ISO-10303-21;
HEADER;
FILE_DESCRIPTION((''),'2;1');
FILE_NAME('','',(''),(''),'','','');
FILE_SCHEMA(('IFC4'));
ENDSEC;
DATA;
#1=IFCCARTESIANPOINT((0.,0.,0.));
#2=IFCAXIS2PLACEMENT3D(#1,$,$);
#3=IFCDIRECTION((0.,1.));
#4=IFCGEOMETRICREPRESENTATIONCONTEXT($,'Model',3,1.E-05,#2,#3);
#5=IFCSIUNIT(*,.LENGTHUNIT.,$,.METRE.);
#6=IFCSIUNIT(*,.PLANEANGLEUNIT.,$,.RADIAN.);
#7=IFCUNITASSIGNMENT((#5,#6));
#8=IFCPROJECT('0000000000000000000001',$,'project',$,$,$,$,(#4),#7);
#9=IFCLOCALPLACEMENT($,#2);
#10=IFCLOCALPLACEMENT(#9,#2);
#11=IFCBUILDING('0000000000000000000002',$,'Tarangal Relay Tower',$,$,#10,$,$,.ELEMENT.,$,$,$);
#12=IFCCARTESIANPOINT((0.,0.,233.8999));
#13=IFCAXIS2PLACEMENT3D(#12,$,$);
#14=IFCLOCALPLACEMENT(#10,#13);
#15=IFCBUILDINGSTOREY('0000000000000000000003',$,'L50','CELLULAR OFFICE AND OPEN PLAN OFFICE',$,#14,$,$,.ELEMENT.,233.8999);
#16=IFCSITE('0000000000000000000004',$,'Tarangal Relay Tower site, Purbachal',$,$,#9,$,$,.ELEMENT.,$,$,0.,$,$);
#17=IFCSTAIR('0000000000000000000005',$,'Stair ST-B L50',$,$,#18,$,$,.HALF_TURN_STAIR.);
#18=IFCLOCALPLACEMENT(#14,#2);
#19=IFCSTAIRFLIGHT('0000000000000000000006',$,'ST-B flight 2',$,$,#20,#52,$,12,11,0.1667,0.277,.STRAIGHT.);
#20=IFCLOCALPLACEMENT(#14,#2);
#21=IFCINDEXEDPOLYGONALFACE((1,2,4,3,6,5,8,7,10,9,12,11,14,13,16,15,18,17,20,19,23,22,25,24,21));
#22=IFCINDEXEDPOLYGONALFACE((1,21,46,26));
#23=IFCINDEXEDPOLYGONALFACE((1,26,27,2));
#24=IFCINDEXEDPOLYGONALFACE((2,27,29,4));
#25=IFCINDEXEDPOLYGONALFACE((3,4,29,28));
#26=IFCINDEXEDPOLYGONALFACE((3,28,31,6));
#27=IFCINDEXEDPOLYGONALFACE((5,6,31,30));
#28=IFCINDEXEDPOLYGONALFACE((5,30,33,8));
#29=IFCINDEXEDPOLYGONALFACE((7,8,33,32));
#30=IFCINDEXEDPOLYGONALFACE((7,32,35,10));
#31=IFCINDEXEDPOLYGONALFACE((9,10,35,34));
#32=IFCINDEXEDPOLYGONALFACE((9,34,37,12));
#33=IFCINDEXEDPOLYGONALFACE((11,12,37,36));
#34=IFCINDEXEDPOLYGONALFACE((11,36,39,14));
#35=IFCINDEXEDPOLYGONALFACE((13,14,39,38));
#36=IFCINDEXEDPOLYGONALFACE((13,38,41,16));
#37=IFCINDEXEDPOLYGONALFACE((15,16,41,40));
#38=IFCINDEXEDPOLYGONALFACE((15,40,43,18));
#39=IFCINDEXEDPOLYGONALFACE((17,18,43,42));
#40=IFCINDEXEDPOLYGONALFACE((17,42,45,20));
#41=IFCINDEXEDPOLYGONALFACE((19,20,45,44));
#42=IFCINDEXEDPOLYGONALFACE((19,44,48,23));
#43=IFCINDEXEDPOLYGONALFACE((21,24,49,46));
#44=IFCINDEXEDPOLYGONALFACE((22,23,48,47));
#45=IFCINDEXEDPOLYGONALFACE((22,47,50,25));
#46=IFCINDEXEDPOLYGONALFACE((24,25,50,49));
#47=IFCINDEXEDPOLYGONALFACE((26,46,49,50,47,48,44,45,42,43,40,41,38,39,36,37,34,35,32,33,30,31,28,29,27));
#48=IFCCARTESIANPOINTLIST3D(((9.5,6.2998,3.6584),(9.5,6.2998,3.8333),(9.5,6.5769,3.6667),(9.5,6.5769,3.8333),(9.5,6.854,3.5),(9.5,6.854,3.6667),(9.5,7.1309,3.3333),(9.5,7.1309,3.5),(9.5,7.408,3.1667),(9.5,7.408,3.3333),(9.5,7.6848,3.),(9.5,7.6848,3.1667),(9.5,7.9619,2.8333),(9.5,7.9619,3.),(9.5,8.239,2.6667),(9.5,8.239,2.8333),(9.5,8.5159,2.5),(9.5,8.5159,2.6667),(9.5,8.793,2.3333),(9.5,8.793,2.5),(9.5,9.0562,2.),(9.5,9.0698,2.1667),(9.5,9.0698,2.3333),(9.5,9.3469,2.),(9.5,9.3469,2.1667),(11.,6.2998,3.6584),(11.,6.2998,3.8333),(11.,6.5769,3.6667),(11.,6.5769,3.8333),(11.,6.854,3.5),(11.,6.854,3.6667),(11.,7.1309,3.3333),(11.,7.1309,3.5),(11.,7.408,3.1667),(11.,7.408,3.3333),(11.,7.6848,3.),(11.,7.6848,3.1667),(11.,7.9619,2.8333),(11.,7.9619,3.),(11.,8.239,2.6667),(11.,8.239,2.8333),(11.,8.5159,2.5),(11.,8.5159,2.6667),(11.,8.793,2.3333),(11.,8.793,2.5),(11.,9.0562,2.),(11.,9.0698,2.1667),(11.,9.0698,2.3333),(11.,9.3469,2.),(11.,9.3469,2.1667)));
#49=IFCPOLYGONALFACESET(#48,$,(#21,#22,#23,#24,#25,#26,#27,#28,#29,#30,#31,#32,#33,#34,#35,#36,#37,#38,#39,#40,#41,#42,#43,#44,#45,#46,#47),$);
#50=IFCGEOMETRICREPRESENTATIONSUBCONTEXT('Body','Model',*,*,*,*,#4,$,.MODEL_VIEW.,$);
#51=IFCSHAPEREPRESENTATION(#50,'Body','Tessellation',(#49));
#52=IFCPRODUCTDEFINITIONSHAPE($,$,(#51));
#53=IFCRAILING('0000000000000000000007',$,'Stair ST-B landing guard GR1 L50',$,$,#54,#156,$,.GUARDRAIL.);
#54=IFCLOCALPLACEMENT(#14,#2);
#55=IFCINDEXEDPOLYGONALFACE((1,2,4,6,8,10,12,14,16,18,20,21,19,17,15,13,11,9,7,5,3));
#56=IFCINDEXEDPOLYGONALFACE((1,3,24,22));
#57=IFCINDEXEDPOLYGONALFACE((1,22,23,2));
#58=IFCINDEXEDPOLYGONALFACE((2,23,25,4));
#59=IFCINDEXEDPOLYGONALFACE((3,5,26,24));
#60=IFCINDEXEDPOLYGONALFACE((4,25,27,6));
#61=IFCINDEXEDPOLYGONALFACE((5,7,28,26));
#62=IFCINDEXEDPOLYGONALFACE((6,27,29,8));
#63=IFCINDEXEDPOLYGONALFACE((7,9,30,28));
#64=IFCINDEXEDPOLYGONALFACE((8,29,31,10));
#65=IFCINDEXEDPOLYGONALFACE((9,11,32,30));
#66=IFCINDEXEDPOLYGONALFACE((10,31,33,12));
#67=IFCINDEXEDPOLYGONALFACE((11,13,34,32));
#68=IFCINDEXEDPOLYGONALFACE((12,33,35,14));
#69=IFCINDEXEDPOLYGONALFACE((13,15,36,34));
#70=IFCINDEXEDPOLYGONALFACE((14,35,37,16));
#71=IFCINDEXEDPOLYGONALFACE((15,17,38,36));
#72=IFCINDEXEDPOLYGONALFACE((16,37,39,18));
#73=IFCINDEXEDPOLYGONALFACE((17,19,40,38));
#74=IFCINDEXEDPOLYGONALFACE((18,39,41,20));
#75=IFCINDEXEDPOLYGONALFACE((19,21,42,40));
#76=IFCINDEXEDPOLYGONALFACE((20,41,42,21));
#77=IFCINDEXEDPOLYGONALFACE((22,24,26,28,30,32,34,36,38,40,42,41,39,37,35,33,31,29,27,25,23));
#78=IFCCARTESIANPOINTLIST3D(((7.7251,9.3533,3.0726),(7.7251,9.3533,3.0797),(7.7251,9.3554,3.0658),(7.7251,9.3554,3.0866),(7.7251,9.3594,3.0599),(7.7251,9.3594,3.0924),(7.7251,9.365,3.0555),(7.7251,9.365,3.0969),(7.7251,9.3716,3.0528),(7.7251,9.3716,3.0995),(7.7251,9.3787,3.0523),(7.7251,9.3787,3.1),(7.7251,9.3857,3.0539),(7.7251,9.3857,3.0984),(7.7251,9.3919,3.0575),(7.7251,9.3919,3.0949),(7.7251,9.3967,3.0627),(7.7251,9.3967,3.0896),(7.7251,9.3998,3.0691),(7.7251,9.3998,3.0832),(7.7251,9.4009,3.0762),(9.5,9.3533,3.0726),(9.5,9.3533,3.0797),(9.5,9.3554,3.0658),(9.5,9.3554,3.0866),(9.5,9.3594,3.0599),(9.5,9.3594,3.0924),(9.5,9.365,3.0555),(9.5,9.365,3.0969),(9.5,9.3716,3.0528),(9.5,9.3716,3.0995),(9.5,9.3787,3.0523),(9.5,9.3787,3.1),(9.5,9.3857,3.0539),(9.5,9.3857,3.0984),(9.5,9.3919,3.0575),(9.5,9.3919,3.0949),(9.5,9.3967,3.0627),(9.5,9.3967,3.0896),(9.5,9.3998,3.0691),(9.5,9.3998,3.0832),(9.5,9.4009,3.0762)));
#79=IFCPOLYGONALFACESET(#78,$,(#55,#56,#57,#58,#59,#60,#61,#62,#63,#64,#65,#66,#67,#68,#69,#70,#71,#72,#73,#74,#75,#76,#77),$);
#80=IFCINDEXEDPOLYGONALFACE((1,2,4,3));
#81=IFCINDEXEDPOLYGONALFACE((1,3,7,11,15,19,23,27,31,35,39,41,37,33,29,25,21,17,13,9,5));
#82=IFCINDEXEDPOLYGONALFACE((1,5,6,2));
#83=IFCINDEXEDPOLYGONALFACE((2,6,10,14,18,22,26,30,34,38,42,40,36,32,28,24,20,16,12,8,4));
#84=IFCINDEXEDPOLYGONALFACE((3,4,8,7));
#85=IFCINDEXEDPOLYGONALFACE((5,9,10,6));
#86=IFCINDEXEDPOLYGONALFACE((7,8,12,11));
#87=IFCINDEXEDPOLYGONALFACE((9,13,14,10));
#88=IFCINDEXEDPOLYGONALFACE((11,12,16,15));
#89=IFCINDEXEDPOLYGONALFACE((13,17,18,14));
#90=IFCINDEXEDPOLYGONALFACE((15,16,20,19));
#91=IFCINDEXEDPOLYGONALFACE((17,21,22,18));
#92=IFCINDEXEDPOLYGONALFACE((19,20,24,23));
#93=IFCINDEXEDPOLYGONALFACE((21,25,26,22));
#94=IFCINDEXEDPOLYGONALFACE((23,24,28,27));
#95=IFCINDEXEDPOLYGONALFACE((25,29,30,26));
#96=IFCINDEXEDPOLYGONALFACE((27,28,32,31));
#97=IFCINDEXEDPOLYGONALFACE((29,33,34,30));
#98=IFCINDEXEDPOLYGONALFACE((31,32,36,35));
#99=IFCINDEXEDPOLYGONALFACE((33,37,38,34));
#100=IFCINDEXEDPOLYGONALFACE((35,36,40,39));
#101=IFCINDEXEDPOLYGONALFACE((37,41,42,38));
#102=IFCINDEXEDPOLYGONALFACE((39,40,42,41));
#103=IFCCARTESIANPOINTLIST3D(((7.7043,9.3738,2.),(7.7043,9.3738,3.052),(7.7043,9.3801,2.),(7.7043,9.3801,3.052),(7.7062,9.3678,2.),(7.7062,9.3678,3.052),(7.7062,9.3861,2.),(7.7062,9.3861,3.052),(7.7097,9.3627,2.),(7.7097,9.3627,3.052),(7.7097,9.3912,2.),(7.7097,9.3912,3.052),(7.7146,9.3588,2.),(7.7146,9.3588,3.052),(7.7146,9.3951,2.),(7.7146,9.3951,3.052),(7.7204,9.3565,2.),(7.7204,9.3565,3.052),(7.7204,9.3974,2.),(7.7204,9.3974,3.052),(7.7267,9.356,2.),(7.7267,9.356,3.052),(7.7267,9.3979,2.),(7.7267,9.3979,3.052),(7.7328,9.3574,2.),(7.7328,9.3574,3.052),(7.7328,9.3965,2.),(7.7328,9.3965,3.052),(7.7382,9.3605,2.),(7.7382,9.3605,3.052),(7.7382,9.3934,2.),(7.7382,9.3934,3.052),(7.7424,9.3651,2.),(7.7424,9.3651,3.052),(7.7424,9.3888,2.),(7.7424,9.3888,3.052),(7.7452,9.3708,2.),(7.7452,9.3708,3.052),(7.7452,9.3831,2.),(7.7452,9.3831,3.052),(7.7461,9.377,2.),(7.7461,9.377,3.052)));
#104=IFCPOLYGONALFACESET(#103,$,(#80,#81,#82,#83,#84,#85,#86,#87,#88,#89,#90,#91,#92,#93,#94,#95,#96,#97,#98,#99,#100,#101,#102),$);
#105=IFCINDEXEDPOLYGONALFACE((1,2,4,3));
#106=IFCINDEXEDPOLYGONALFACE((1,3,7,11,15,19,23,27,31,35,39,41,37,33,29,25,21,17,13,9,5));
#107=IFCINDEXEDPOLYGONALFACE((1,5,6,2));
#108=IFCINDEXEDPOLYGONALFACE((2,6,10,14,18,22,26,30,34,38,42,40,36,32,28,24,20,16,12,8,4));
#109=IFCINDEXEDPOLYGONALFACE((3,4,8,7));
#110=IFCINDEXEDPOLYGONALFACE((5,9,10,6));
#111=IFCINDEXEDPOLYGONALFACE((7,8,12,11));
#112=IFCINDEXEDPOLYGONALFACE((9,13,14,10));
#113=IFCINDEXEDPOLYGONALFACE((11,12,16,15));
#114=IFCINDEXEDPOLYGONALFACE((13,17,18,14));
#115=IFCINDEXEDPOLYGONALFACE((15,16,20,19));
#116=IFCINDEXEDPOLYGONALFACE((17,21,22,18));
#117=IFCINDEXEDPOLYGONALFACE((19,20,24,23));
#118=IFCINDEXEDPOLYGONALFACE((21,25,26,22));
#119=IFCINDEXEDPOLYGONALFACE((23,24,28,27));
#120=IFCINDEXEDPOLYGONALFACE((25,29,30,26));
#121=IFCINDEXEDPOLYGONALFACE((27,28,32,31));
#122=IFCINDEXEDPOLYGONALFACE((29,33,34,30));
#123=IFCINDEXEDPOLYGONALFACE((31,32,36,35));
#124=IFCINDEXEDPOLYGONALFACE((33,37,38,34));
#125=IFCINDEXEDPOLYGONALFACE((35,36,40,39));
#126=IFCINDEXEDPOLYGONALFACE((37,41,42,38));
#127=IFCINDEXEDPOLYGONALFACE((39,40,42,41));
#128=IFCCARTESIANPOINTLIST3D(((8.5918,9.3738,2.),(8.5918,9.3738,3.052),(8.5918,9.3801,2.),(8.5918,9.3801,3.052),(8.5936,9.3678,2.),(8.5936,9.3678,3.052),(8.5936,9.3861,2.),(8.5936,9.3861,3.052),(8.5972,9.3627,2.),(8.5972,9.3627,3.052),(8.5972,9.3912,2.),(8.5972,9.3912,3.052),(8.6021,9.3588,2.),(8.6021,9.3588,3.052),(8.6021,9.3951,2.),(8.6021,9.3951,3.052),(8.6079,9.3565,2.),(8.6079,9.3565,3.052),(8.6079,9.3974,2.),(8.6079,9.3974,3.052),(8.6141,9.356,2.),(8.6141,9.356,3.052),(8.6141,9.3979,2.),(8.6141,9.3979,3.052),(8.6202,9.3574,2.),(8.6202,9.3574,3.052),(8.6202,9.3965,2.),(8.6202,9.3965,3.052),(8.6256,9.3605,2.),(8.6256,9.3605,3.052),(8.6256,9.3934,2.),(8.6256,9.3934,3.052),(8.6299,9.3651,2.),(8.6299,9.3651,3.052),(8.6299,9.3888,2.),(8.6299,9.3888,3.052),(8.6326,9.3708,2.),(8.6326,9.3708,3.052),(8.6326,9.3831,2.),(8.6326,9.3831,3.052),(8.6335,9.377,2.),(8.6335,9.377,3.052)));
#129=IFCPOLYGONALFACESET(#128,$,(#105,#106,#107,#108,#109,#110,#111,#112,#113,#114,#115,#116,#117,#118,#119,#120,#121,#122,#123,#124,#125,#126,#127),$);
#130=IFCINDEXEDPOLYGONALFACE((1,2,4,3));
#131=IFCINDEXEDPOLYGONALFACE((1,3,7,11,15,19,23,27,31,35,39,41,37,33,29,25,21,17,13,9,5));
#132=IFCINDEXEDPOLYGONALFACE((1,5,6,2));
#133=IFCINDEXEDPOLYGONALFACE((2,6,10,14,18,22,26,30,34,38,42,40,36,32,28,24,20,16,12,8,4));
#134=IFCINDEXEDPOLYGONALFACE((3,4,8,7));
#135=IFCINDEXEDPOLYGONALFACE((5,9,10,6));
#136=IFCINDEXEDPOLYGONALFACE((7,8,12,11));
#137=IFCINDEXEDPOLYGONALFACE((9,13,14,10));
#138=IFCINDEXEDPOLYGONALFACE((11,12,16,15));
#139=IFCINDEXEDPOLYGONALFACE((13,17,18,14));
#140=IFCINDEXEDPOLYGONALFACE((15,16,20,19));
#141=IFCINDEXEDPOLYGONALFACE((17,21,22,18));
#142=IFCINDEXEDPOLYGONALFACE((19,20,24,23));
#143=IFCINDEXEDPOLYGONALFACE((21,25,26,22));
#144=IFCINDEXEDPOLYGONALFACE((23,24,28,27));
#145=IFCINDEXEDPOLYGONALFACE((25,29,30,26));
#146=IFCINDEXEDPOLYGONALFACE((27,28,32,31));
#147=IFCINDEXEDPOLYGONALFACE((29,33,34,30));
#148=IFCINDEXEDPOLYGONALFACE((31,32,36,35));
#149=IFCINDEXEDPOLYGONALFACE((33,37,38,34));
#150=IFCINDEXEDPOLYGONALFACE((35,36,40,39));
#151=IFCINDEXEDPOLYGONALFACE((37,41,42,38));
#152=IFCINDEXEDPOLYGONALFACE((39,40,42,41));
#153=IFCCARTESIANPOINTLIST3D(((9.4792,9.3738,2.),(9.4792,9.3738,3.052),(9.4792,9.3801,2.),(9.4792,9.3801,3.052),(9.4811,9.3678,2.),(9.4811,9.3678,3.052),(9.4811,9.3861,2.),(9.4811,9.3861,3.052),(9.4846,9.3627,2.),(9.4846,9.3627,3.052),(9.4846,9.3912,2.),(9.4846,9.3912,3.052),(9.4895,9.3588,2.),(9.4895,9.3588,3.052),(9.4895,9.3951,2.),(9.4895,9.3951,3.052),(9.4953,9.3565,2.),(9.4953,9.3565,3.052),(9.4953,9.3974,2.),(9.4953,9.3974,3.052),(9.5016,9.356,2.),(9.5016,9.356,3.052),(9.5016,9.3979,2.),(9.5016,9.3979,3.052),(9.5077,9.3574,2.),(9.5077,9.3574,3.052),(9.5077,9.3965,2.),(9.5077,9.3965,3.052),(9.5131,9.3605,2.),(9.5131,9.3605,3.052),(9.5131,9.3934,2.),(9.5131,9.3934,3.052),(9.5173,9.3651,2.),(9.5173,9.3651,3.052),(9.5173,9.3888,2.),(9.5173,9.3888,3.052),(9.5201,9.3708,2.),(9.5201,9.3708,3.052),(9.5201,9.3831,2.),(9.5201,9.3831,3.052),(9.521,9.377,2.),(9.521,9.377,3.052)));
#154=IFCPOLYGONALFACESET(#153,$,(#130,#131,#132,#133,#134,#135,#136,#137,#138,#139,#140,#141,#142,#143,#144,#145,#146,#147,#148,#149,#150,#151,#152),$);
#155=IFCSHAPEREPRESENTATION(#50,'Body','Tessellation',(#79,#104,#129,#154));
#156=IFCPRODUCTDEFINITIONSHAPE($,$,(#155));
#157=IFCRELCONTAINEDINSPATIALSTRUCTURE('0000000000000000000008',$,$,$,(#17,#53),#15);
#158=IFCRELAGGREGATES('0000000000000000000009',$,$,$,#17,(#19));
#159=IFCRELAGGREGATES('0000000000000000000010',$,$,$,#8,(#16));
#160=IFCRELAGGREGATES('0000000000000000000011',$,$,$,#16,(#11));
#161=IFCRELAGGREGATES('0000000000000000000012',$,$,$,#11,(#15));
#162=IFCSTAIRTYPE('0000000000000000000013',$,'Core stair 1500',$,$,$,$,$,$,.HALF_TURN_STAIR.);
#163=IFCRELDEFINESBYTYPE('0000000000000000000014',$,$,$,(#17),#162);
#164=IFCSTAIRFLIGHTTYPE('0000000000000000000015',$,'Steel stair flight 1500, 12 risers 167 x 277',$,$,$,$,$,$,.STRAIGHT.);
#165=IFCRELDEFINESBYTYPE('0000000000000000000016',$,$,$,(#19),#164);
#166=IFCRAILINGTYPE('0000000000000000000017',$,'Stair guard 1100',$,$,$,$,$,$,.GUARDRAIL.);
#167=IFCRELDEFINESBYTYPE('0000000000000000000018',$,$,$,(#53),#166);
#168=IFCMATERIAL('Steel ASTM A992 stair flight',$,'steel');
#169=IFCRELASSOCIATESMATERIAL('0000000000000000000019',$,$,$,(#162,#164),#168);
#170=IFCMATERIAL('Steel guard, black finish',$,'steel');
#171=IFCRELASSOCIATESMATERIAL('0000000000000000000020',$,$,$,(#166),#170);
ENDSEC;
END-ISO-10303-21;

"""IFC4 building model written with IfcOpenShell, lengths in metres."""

from ifc_helpers import new_model, si_unit, direction, frame, origin, origin_2d, place, context, subcontext, project, spatial, polyline, circle, outline, extrude, material, type_object, element, aggregate, save


model = new_model("IFC4")

# Units and contexts
model_context = context("Model", 3, precision=1e-05, world=origin(), true_north=direction((0.0, 1.0)))
body_context = subcontext(model_context, "Body", "Model", "MODEL_VIEW")
ifc_project = project(units=[si_unit("LENGTHUNIT", "METRE"), si_unit("PLANEANGLEUNIT", "RADIAN")], contexts=[model_context])

# Site, building, storey
site_placement = place(None, origin())
site = spatial("IfcSite", under=ifc_project, at=site_placement, Name="Tarangal Relay Tower site, Purbachal", CompositionType="ELEMENT", RefElevation=0.0)
building_placement = place(site_placement, origin())
building = spatial("IfcBuilding", under=site, at=building_placement, Name="Tarangal Relay Tower", CompositionType="ELEMENT")
storey_placement = place(building_placement, frame((0.0, 0.0, 233.8999)))
storey = spatial("IfcBuildingStorey", under=building, at=storey_placement, Name="L50", Description="CELLULAR OFFICE AND OPEN PLAN OFFICE", CompositionType="ELEMENT", Elevation=233.8999)

# Stair, stair flight
ifc_material_1 = material(Name="Steel ASTM A992 stair flight", Category="steel")
stair_type = type_object("IfcStairType", Name="Core stair 1500", PredefinedType="HALF_TURN_STAIR", material=ifc_material_1)
stair_placement = place(storey_placement, origin())
stair = element("IfcStair", 1, at=stair_placement, inside=storey, type_object=stair_type, Name="Stair ST-B L50", PredefinedType="HALF_TURN_STAIR")
stair_flight_type = type_object("IfcStairFlightType", Name="Steel stair flight 1500, 12 risers 167 x 277", PredefinedType="STRAIGHT", material=ifc_material_1)
stair_flight_placement = place(storey_placement, frame((10.25, 9.3469, 2.0), z_axis=(0.0, 0.0, 1.0), x_axis=(0.0, -1.0, 0.0)))
stair_flight = element("IfcStairFlight", 2, at=stair_flight_placement, type_object=stair_flight_type, Name="ST-B flight 2", NumberOfRisers=12, NumberOfTreads=11, PredefinedType="STRAIGHT", RiserHeight=0.1667, TreadLength=0.277, context=body_context, shape_type="SweptSolid", body=[
    extrude(outline(polyline([(0.0, 0.0), (0.0, 0.1667), (0.2771, 0.1667), (0.2771, 0.3333), (0.554, 0.3333), (0.554, 0.5), (0.8311, 0.5), (0.8311, 0.6667), (1.1079, 0.6667), (1.1079, 0.8333), (1.385, 0.8333), (1.385, 1.0), (1.6621, 1.0), (1.6621, 1.1667), (1.939, 1.1667), (1.939, 1.3333), (2.2161, 1.3333), (2.2161, 1.5), (2.4929, 1.5), (2.4929, 1.6667), (2.77, 1.6667), (2.77, 1.8333), (3.0471, 1.8333), (3.0471, 2.0), (3.0471, 1.6584), (0.2908, 0.0), (0.0, 0.0)])), frame((0.0, 0.75, 0.0), z_axis=(0.0, -1.0, 0.0), x_axis=(1.0, 0.0, 0.0)), (0.0, 0.0, 1.0), 1.5),
])
aggregate(stair, [stair_flight])

# Railing
ifc_material_2 = material(Name="Steel guard, black finish", Category="steel")
railing_type_1 = type_object("IfcRailingType", Name="Stair guard 1100", PredefinedType="GUARDRAIL", material=ifc_material_2)
railing_1_placement = place(storey_placement, frame((7.7251, 9.377, 2.0)))
element("IfcRailing", 3, at=railing_1_placement, inside=storey, type_object=railing_type_1, Name="Stair ST-B landing guard GR1 L50", PredefinedType="GUARDRAIL", context=body_context, shape_type="SweptSolid", body=[
    extrude(circle(Radius=0.0239, at=origin_2d()), frame((0.0, 0.0, 1.0762), z_axis=(1.0, 0.0, 0.0), x_axis=(0.0, 1.0, 0.0)), (0.0, 0.0, 1.0), 1.7749),
    extrude(circle(Radius=0.021, at=origin_2d()), origin(), (0.0, 0.0, 1.0), 1.052),
    extrude(circle(Radius=0.021, at=origin_2d()), frame((0.8875, 0.0, 0.0)), (0.0, 0.0, 1.0), 1.052),
    extrude(circle(Radius=0.021, at=origin_2d()), frame((1.7749, 0.0, 0.0)), (0.0, 0.0, 1.0), 1.052),
])

save(model, "model.ifc")
